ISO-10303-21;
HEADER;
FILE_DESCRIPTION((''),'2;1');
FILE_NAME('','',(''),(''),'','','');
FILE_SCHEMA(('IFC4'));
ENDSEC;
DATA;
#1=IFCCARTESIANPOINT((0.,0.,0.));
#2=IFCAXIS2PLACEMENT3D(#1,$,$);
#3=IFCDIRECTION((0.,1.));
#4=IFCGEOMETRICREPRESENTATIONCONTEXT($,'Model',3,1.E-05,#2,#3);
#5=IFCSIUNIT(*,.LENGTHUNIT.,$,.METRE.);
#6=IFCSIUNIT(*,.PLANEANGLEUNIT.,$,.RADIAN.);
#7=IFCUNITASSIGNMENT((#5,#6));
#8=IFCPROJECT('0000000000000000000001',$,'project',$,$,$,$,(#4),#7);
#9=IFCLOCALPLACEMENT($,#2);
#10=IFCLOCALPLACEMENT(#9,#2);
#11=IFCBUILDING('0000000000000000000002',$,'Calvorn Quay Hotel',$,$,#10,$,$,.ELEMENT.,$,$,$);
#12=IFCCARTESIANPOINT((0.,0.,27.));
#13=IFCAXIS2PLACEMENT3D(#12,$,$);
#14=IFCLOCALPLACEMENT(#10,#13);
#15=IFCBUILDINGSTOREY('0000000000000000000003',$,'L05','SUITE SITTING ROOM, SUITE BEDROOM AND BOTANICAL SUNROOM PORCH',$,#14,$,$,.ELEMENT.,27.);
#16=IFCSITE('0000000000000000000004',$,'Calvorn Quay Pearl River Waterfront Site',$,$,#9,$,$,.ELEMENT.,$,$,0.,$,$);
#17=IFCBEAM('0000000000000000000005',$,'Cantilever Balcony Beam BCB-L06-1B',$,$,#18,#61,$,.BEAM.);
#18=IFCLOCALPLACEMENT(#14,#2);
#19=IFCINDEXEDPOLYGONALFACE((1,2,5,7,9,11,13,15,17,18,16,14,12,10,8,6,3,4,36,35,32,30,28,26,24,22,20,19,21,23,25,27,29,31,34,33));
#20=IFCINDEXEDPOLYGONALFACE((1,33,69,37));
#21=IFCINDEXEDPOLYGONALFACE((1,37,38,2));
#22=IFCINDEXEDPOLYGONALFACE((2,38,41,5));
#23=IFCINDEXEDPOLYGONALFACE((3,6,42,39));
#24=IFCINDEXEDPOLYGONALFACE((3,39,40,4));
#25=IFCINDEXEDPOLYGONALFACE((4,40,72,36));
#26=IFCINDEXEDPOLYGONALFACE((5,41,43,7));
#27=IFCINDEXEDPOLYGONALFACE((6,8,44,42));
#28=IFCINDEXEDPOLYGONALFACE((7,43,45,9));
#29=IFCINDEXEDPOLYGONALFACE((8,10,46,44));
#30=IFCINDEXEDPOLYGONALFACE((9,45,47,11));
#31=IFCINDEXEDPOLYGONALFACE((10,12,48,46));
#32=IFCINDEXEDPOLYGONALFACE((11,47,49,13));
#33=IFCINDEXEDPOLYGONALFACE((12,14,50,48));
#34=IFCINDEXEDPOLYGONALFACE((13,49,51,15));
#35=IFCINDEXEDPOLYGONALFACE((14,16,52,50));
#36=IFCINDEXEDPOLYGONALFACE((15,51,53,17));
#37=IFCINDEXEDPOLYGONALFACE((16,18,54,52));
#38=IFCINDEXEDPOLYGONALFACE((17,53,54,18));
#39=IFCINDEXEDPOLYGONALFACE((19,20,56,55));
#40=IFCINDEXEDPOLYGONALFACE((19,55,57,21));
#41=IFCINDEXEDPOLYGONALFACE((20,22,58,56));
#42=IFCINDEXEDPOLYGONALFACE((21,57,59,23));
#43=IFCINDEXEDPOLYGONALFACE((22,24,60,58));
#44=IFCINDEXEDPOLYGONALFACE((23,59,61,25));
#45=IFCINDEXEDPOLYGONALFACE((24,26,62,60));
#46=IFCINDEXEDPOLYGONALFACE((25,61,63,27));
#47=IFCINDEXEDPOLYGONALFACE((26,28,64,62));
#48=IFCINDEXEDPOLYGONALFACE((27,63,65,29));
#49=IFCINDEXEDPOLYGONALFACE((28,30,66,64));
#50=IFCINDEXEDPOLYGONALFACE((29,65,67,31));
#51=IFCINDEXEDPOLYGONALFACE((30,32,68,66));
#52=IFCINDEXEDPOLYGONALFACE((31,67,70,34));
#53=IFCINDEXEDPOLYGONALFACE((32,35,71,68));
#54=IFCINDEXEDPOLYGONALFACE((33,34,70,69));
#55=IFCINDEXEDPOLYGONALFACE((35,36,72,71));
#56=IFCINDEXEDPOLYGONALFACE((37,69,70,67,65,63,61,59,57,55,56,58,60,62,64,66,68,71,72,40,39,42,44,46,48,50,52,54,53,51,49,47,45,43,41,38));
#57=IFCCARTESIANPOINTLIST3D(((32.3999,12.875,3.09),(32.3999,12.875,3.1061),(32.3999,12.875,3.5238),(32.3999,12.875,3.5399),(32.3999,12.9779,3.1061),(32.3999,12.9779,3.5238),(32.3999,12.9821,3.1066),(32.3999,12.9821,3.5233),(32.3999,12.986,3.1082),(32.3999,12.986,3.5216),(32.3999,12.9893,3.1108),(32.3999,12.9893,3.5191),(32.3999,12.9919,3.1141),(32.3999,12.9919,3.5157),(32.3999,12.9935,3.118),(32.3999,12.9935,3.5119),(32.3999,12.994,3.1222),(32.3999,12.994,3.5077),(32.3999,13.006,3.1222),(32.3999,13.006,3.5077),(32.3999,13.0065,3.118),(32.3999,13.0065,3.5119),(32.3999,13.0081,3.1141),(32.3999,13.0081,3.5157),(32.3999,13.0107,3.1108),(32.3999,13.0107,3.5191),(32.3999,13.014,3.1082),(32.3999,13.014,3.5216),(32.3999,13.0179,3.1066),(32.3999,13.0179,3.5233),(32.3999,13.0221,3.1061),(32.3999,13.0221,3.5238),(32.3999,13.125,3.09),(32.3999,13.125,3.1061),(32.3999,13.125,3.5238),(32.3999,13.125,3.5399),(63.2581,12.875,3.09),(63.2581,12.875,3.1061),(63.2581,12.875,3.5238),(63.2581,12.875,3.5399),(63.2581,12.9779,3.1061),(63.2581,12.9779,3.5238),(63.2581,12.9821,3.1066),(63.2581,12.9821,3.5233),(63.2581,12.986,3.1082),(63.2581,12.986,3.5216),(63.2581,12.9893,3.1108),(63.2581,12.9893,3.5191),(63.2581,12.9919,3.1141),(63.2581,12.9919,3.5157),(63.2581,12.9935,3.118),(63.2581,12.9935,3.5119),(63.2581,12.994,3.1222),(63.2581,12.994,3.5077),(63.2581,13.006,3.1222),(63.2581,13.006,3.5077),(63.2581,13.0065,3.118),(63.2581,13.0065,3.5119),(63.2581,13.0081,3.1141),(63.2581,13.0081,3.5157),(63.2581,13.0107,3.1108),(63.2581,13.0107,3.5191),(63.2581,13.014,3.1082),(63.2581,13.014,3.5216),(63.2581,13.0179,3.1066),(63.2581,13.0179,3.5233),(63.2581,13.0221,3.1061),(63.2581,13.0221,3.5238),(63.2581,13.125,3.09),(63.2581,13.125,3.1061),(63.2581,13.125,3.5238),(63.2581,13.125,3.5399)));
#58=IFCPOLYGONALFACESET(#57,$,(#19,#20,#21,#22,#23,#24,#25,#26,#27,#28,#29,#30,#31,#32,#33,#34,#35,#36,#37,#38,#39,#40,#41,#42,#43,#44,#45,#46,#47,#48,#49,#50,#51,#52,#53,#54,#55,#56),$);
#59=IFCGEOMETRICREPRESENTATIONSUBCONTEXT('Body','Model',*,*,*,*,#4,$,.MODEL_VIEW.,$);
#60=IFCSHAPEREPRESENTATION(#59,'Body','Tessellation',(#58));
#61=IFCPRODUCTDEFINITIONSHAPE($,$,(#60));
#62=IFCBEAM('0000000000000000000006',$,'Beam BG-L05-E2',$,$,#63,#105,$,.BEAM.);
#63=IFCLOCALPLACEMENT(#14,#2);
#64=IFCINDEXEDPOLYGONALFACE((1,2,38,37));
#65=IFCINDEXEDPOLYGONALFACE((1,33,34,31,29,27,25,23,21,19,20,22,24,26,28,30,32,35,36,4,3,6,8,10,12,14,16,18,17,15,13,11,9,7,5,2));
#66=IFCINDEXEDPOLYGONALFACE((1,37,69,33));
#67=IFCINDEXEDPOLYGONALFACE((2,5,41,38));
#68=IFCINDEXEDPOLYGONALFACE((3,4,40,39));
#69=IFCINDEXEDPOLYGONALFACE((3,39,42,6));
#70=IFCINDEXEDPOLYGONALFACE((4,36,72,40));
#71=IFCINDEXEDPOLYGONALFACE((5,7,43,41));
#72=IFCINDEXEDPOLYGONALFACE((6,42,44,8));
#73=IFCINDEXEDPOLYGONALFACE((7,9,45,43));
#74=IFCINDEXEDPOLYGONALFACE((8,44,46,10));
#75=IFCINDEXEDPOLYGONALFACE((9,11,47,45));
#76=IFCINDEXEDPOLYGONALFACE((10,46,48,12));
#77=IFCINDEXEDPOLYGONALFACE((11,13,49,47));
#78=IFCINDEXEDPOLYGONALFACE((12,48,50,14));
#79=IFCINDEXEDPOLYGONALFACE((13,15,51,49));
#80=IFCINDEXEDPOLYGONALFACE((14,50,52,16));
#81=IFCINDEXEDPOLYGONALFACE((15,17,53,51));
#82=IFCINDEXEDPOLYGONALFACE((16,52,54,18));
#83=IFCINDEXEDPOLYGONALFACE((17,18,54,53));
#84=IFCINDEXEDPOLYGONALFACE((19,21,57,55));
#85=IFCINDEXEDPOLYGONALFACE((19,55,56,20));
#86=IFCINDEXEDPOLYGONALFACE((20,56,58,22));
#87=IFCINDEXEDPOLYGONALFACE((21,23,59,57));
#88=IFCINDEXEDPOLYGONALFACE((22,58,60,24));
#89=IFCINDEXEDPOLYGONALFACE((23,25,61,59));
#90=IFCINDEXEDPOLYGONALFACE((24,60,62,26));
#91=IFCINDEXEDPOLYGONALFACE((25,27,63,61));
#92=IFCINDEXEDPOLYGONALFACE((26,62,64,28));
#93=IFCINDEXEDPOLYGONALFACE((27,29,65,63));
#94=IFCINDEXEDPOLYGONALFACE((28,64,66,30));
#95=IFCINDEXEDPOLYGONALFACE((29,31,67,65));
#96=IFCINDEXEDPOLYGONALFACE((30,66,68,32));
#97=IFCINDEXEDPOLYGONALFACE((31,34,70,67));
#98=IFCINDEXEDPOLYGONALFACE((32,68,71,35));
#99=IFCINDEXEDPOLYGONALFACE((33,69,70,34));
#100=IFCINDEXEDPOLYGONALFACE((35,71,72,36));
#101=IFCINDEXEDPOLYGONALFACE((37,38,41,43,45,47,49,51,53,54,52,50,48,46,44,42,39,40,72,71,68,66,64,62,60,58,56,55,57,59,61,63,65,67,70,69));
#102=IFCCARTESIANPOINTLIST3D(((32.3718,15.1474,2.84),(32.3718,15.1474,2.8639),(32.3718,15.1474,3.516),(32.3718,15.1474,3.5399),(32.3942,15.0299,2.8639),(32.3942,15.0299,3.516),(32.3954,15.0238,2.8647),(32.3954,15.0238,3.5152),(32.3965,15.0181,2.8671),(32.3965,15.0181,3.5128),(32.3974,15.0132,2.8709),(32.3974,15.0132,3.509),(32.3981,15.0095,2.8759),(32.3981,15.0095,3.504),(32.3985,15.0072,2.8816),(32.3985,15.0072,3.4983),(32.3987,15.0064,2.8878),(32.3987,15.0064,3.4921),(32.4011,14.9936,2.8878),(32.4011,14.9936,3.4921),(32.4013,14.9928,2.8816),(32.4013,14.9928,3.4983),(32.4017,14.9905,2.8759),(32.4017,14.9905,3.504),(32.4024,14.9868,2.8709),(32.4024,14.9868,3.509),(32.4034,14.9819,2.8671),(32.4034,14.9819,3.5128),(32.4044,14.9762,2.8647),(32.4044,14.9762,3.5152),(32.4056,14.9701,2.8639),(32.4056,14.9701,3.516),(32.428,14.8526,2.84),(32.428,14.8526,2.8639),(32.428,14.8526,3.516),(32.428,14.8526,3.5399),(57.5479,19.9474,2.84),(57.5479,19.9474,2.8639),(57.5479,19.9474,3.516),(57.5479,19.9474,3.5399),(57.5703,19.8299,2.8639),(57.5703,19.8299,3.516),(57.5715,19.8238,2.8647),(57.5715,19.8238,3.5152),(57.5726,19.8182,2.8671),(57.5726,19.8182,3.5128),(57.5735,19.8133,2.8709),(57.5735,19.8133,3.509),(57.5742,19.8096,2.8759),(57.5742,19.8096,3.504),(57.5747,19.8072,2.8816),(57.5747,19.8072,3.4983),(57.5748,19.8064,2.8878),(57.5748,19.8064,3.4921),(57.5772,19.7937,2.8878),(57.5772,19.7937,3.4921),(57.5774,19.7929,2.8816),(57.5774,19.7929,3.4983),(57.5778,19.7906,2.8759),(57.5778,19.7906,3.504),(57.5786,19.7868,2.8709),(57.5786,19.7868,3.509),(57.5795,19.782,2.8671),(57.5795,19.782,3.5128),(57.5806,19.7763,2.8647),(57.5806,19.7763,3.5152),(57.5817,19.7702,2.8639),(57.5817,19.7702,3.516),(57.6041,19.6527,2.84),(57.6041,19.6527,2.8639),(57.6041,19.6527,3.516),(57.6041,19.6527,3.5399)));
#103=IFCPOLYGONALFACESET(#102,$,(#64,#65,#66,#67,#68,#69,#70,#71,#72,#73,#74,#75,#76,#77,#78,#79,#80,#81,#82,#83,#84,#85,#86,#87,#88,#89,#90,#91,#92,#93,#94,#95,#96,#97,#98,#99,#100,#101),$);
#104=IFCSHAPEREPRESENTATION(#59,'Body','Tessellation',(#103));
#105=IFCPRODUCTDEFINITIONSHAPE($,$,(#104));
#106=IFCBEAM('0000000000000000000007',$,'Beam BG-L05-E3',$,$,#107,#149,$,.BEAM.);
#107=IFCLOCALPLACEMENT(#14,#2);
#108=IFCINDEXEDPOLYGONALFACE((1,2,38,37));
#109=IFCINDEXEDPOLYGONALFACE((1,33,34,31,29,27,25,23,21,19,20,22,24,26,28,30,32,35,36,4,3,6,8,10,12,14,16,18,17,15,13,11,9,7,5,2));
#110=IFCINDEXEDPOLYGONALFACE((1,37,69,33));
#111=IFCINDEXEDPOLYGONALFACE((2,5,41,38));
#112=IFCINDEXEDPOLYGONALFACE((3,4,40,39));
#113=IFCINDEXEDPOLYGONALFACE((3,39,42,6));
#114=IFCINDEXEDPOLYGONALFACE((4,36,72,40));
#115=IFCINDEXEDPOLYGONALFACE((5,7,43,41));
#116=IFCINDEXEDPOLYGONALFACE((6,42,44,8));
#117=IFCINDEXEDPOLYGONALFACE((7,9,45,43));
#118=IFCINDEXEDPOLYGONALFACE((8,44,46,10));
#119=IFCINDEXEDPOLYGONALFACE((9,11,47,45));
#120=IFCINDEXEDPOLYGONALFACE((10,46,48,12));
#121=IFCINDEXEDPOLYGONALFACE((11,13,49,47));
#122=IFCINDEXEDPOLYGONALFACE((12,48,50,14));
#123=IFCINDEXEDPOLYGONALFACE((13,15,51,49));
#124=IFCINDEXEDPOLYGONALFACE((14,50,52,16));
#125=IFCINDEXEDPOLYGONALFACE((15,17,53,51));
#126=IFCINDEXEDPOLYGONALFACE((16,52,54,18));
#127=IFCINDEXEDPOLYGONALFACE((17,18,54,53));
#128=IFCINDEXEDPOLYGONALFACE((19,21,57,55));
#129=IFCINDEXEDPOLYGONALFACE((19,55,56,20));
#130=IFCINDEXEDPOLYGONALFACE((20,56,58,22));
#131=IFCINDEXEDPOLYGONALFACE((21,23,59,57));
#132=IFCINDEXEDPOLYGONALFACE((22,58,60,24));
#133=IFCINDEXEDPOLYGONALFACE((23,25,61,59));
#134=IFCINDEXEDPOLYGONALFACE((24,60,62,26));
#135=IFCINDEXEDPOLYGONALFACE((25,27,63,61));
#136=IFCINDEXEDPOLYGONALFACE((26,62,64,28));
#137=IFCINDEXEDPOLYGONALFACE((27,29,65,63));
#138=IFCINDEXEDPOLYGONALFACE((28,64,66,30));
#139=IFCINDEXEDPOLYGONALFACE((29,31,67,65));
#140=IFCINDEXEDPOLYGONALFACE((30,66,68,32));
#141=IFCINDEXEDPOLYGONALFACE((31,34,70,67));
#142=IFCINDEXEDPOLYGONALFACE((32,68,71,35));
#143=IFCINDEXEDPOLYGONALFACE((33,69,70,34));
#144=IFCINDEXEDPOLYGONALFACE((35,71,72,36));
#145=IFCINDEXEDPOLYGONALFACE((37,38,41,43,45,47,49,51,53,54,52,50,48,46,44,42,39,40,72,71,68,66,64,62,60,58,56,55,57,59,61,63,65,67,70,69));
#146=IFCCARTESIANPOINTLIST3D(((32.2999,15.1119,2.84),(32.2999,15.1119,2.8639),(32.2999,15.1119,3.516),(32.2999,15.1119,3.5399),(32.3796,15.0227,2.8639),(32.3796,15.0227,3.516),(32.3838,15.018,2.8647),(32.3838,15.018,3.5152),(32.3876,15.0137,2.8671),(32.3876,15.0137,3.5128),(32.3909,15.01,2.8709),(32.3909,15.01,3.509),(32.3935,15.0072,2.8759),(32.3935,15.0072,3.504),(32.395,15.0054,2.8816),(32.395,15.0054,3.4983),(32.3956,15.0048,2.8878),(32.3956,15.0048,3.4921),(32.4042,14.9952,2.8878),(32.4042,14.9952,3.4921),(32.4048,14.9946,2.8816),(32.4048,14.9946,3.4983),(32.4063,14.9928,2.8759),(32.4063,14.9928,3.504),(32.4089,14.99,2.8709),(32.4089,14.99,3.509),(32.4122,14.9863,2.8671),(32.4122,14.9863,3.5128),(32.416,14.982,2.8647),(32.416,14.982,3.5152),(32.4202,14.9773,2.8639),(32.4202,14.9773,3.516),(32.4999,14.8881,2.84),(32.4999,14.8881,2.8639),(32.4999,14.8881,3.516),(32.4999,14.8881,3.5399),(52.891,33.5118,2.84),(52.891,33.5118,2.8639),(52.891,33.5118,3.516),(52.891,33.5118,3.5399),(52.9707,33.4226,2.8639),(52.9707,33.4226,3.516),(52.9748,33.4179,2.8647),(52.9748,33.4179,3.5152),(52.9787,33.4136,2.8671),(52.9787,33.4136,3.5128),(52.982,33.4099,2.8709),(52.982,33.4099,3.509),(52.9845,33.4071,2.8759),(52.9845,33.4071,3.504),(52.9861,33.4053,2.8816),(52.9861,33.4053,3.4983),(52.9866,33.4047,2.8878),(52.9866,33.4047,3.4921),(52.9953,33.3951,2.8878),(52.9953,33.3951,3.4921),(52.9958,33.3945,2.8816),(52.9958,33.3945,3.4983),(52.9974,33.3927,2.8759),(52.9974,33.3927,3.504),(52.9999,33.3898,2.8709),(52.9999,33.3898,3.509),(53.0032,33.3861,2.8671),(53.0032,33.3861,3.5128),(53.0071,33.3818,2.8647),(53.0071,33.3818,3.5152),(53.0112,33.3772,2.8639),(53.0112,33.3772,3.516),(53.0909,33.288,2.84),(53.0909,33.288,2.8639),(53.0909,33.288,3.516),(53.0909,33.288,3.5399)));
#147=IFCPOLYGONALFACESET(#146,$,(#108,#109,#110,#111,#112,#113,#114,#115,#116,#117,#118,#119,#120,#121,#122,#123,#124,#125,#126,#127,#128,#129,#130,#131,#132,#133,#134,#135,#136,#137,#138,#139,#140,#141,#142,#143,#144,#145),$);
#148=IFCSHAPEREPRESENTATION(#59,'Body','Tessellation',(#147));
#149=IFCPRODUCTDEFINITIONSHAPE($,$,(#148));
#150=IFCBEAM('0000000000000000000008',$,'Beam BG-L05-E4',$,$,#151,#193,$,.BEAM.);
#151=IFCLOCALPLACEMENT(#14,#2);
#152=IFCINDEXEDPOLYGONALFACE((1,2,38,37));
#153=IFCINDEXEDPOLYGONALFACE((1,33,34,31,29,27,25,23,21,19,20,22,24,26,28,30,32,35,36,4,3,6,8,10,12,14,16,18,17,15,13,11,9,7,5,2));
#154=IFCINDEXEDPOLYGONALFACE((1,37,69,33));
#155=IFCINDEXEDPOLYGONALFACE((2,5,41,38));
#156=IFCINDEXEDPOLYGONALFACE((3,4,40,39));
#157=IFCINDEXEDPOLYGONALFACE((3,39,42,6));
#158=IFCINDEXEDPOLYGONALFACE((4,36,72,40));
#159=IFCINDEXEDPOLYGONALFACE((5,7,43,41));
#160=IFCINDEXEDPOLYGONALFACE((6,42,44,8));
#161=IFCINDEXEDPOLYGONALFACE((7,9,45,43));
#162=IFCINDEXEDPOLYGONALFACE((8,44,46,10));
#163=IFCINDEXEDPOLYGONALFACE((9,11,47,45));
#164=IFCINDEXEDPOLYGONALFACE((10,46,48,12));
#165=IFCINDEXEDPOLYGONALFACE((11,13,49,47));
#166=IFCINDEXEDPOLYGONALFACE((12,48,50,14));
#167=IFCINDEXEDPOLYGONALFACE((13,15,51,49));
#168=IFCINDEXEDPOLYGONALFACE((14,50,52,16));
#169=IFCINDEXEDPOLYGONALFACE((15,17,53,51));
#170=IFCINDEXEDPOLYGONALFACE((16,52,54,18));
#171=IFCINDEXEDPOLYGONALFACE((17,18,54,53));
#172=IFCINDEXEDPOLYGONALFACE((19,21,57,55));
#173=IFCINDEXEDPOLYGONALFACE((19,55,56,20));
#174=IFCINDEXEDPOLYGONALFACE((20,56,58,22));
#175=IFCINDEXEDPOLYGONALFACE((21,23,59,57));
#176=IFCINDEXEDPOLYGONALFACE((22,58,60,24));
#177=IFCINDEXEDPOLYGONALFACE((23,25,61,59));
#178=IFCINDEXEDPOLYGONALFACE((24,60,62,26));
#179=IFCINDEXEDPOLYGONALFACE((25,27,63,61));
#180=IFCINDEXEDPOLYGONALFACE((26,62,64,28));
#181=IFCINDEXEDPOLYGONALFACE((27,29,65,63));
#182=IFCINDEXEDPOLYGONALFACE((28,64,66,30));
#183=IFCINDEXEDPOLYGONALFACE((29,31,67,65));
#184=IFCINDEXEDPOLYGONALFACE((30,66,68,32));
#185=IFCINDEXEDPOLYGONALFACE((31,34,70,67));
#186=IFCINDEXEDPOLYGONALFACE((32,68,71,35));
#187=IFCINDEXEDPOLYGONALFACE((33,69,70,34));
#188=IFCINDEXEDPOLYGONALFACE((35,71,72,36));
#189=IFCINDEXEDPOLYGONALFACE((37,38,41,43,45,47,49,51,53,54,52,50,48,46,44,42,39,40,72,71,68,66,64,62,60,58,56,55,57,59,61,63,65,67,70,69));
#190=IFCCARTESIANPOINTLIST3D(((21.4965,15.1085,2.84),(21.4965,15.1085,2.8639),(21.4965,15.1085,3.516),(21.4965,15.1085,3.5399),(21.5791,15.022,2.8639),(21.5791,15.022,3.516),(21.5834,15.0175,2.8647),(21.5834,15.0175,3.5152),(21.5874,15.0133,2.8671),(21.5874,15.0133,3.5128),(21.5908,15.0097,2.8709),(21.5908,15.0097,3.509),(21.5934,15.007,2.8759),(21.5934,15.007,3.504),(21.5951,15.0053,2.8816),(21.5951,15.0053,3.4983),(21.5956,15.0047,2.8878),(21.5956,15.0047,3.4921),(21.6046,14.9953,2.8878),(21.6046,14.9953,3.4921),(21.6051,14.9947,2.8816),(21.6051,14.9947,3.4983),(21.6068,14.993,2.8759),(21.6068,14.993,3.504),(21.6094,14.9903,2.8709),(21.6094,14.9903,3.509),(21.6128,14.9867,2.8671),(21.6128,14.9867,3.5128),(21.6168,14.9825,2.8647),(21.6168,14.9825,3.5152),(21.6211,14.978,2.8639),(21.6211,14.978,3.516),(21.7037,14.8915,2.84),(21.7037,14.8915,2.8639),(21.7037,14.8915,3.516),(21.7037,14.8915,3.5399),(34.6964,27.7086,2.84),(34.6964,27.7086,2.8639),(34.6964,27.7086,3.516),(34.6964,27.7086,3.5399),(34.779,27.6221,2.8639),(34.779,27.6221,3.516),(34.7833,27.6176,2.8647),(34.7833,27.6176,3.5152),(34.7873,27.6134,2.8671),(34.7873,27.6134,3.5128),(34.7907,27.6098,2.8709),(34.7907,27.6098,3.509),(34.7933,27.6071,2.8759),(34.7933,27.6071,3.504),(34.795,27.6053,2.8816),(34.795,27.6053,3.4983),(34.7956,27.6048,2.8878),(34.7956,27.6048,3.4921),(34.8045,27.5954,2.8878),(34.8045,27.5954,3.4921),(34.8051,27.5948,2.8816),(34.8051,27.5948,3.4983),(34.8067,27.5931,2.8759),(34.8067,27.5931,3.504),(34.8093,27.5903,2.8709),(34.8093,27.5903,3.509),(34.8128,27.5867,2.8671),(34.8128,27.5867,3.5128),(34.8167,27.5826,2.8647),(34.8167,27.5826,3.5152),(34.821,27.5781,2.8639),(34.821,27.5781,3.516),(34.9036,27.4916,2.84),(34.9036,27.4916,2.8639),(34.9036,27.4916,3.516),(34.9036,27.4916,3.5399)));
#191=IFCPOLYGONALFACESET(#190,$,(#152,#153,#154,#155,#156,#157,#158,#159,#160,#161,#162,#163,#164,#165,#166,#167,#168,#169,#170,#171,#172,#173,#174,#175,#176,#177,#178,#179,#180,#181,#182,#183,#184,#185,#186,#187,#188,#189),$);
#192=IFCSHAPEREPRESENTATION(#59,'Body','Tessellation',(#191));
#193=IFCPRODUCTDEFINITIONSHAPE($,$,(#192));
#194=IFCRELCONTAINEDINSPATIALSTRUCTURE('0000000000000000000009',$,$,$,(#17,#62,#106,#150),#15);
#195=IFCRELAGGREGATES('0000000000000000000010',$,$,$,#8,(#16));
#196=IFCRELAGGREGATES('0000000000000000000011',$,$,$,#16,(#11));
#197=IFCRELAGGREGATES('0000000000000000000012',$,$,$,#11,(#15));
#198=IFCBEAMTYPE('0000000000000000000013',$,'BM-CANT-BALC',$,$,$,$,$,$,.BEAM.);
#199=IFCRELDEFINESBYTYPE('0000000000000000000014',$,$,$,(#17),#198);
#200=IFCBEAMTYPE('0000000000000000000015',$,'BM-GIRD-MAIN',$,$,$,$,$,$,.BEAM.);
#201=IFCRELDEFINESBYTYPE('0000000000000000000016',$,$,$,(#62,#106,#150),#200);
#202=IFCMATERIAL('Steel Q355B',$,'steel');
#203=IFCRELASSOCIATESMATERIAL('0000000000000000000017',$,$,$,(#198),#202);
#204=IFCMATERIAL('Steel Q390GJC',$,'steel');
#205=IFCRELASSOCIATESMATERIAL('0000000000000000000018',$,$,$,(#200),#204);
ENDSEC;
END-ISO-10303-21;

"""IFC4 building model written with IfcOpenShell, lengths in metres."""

from ifc_helpers import new_model, si_unit, direction, frame, origin, origin_2d, place, context, subcontext, project, spatial, i_section, extrude, material, material_profile, profile_set, type_object, element, save


model = new_model("IFC4")

# Units and contexts
model_context = context("Model", 3, precision=1e-05, world=origin(), true_north=direction((0.0, 1.0)))
body_context = subcontext(model_context, "Body", "Model", "MODEL_VIEW")
ifc_project = project(units=[si_unit("LENGTHUNIT", "METRE"), si_unit("PLANEANGLEUNIT", "RADIAN")], contexts=[model_context])

# Site, building, storey
site_placement = place(None, origin())
site = spatial("IfcSite", under=ifc_project, at=site_placement, Name="Calvorn Quay Pearl River Waterfront Site", CompositionType="ELEMENT", RefElevation=0.0)
building_placement = place(site_placement, origin())
building = spatial("IfcBuilding", under=site, at=building_placement, Name="Calvorn Quay Hotel", CompositionType="ELEMENT")
storey_placement = place(building_placement, frame((0.0, 0.0, 27.0)))
storey = spatial("IfcBuildingStorey", under=building, at=storey_placement, Name="L05", Description="SUITE SITTING ROOM, SUITE BEDROOM AND BOTANICAL SUNROOM PORCH", CompositionType="ELEMENT", Elevation=27.0)

# Beams
ifc_material_1 = material(Name="Steel Q355B", Category="steel")
ifc_material_profile_1 = material_profile(ifc_material_1, i_section(OverallWidth=0.25, OverallDepth=0.45, WebThickness=0.012, FlangeThickness=0.0161, FilletRadius=0.0161, at=origin_2d()), Name="HN450x250x12x16")
ifc_profile_set_1 = profile_set([ifc_material_profile_1], Name="Steel Q355B")
beam_type_1 = type_object("IfcBeamType", Name="BM-CANT-BALC", PredefinedType="BEAM", material=ifc_profile_set_1)
beam_1_placement = place(storey_placement, frame((32.3999, 13.0, 3.3149), z_axis=(1.0, 0.0, 0.0), x_axis=(0.0, 1.0, 0.0)))
element("IfcBeam", 1, at=beam_1_placement, inside=storey, type_object=beam_type_1, Name="Cantilever Balcony Beam BCB-L06-1B", PredefinedType="BEAM", context=body_context, shape_type="SweptSolid", body=[
    extrude(i_section(OverallWidth=0.25, OverallDepth=0.45, WebThickness=0.012, FlangeThickness=0.0161, FilletRadius=0.0161, at=origin_2d()), origin(), (0.0, 0.0, 1.0), 30.8582),
])
ifc_material_2 = material(Name="Steel Q390GJC", Category="steel")
ifc_material_profile_2 = material_profile(ifc_material_2, i_section(OverallWidth=0.3, OverallDepth=0.7, WebThickness=0.0129, FlangeThickness=0.0239, FilletRadius=0.0239, at=origin_2d()), Name="HN700x300x13x24")
ifc_profile_set_2 = profile_set([ifc_material_profile_2], Name="Steel Q390GJC")
beam_type_2 = type_object("IfcBeamType", Name="BM-GIRD-MAIN", PredefinedType="BEAM", material=ifc_profile_set_2)
beam_2_placement = place(storey_placement, frame((32.3999, 15.0, 3.1899), z_axis=(0.982305, 0.187286, 0.0), x_axis=(-0.187286, 0.982305, 0.0)))
element("IfcBeam", 2, at=beam_2_placement, inside=storey, type_object=beam_type_2, Name="Beam BG-L05-E2", PredefinedType="BEAM", context=body_context, shape_type="SweptSolid", body=[
    extrude(i_section(OverallWidth=0.3, OverallDepth=0.7, WebThickness=0.0129, FlangeThickness=0.0239, FilletRadius=0.0239, at=origin_2d()), origin(), (0.0, 0.0, 1.0), 25.6296),
])
beam_3_placement = place(storey_placement, frame((32.3999, 15.0, 3.1899), z_axis=(0.745667, 0.666318, 0.0), x_axis=(-0.666318, 0.745667, 0.0)))
element("IfcBeam", 3, at=beam_3_placement, inside=storey, type_object=beam_type_2, Name="Beam BG-L05-E3", PredefinedType="BEAM", context=body_context, shape_type="SweptSolid", body=[
    extrude(i_section(OverallWidth=0.3, OverallDepth=0.7, WebThickness=0.0129, FlangeThickness=0.0239, FilletRadius=0.0239, at=origin_2d()), origin(), (0.0, 0.0, 1.0), 27.6143),
])
beam_4_placement = place(storey_placement, frame((21.6001, 15.0, 3.1899), z_axis=(0.723352, 0.69048, 0.0), x_axis=(-0.69048, 0.723352, 0.0)))
element("IfcBeam", 4, at=beam_4_placement, inside=storey, type_object=beam_type_2, Name="Beam BG-L05-E4", PredefinedType="BEAM", context=body_context, shape_type="SweptSolid", body=[
    extrude(i_section(OverallWidth=0.3, OverallDepth=0.7, WebThickness=0.0129, FlangeThickness=0.0239, FilletRadius=0.0239, at=origin_2d()), origin(), (0.0, 0.0, 1.0), 18.2483),
])

save(model, "model.ifc")
